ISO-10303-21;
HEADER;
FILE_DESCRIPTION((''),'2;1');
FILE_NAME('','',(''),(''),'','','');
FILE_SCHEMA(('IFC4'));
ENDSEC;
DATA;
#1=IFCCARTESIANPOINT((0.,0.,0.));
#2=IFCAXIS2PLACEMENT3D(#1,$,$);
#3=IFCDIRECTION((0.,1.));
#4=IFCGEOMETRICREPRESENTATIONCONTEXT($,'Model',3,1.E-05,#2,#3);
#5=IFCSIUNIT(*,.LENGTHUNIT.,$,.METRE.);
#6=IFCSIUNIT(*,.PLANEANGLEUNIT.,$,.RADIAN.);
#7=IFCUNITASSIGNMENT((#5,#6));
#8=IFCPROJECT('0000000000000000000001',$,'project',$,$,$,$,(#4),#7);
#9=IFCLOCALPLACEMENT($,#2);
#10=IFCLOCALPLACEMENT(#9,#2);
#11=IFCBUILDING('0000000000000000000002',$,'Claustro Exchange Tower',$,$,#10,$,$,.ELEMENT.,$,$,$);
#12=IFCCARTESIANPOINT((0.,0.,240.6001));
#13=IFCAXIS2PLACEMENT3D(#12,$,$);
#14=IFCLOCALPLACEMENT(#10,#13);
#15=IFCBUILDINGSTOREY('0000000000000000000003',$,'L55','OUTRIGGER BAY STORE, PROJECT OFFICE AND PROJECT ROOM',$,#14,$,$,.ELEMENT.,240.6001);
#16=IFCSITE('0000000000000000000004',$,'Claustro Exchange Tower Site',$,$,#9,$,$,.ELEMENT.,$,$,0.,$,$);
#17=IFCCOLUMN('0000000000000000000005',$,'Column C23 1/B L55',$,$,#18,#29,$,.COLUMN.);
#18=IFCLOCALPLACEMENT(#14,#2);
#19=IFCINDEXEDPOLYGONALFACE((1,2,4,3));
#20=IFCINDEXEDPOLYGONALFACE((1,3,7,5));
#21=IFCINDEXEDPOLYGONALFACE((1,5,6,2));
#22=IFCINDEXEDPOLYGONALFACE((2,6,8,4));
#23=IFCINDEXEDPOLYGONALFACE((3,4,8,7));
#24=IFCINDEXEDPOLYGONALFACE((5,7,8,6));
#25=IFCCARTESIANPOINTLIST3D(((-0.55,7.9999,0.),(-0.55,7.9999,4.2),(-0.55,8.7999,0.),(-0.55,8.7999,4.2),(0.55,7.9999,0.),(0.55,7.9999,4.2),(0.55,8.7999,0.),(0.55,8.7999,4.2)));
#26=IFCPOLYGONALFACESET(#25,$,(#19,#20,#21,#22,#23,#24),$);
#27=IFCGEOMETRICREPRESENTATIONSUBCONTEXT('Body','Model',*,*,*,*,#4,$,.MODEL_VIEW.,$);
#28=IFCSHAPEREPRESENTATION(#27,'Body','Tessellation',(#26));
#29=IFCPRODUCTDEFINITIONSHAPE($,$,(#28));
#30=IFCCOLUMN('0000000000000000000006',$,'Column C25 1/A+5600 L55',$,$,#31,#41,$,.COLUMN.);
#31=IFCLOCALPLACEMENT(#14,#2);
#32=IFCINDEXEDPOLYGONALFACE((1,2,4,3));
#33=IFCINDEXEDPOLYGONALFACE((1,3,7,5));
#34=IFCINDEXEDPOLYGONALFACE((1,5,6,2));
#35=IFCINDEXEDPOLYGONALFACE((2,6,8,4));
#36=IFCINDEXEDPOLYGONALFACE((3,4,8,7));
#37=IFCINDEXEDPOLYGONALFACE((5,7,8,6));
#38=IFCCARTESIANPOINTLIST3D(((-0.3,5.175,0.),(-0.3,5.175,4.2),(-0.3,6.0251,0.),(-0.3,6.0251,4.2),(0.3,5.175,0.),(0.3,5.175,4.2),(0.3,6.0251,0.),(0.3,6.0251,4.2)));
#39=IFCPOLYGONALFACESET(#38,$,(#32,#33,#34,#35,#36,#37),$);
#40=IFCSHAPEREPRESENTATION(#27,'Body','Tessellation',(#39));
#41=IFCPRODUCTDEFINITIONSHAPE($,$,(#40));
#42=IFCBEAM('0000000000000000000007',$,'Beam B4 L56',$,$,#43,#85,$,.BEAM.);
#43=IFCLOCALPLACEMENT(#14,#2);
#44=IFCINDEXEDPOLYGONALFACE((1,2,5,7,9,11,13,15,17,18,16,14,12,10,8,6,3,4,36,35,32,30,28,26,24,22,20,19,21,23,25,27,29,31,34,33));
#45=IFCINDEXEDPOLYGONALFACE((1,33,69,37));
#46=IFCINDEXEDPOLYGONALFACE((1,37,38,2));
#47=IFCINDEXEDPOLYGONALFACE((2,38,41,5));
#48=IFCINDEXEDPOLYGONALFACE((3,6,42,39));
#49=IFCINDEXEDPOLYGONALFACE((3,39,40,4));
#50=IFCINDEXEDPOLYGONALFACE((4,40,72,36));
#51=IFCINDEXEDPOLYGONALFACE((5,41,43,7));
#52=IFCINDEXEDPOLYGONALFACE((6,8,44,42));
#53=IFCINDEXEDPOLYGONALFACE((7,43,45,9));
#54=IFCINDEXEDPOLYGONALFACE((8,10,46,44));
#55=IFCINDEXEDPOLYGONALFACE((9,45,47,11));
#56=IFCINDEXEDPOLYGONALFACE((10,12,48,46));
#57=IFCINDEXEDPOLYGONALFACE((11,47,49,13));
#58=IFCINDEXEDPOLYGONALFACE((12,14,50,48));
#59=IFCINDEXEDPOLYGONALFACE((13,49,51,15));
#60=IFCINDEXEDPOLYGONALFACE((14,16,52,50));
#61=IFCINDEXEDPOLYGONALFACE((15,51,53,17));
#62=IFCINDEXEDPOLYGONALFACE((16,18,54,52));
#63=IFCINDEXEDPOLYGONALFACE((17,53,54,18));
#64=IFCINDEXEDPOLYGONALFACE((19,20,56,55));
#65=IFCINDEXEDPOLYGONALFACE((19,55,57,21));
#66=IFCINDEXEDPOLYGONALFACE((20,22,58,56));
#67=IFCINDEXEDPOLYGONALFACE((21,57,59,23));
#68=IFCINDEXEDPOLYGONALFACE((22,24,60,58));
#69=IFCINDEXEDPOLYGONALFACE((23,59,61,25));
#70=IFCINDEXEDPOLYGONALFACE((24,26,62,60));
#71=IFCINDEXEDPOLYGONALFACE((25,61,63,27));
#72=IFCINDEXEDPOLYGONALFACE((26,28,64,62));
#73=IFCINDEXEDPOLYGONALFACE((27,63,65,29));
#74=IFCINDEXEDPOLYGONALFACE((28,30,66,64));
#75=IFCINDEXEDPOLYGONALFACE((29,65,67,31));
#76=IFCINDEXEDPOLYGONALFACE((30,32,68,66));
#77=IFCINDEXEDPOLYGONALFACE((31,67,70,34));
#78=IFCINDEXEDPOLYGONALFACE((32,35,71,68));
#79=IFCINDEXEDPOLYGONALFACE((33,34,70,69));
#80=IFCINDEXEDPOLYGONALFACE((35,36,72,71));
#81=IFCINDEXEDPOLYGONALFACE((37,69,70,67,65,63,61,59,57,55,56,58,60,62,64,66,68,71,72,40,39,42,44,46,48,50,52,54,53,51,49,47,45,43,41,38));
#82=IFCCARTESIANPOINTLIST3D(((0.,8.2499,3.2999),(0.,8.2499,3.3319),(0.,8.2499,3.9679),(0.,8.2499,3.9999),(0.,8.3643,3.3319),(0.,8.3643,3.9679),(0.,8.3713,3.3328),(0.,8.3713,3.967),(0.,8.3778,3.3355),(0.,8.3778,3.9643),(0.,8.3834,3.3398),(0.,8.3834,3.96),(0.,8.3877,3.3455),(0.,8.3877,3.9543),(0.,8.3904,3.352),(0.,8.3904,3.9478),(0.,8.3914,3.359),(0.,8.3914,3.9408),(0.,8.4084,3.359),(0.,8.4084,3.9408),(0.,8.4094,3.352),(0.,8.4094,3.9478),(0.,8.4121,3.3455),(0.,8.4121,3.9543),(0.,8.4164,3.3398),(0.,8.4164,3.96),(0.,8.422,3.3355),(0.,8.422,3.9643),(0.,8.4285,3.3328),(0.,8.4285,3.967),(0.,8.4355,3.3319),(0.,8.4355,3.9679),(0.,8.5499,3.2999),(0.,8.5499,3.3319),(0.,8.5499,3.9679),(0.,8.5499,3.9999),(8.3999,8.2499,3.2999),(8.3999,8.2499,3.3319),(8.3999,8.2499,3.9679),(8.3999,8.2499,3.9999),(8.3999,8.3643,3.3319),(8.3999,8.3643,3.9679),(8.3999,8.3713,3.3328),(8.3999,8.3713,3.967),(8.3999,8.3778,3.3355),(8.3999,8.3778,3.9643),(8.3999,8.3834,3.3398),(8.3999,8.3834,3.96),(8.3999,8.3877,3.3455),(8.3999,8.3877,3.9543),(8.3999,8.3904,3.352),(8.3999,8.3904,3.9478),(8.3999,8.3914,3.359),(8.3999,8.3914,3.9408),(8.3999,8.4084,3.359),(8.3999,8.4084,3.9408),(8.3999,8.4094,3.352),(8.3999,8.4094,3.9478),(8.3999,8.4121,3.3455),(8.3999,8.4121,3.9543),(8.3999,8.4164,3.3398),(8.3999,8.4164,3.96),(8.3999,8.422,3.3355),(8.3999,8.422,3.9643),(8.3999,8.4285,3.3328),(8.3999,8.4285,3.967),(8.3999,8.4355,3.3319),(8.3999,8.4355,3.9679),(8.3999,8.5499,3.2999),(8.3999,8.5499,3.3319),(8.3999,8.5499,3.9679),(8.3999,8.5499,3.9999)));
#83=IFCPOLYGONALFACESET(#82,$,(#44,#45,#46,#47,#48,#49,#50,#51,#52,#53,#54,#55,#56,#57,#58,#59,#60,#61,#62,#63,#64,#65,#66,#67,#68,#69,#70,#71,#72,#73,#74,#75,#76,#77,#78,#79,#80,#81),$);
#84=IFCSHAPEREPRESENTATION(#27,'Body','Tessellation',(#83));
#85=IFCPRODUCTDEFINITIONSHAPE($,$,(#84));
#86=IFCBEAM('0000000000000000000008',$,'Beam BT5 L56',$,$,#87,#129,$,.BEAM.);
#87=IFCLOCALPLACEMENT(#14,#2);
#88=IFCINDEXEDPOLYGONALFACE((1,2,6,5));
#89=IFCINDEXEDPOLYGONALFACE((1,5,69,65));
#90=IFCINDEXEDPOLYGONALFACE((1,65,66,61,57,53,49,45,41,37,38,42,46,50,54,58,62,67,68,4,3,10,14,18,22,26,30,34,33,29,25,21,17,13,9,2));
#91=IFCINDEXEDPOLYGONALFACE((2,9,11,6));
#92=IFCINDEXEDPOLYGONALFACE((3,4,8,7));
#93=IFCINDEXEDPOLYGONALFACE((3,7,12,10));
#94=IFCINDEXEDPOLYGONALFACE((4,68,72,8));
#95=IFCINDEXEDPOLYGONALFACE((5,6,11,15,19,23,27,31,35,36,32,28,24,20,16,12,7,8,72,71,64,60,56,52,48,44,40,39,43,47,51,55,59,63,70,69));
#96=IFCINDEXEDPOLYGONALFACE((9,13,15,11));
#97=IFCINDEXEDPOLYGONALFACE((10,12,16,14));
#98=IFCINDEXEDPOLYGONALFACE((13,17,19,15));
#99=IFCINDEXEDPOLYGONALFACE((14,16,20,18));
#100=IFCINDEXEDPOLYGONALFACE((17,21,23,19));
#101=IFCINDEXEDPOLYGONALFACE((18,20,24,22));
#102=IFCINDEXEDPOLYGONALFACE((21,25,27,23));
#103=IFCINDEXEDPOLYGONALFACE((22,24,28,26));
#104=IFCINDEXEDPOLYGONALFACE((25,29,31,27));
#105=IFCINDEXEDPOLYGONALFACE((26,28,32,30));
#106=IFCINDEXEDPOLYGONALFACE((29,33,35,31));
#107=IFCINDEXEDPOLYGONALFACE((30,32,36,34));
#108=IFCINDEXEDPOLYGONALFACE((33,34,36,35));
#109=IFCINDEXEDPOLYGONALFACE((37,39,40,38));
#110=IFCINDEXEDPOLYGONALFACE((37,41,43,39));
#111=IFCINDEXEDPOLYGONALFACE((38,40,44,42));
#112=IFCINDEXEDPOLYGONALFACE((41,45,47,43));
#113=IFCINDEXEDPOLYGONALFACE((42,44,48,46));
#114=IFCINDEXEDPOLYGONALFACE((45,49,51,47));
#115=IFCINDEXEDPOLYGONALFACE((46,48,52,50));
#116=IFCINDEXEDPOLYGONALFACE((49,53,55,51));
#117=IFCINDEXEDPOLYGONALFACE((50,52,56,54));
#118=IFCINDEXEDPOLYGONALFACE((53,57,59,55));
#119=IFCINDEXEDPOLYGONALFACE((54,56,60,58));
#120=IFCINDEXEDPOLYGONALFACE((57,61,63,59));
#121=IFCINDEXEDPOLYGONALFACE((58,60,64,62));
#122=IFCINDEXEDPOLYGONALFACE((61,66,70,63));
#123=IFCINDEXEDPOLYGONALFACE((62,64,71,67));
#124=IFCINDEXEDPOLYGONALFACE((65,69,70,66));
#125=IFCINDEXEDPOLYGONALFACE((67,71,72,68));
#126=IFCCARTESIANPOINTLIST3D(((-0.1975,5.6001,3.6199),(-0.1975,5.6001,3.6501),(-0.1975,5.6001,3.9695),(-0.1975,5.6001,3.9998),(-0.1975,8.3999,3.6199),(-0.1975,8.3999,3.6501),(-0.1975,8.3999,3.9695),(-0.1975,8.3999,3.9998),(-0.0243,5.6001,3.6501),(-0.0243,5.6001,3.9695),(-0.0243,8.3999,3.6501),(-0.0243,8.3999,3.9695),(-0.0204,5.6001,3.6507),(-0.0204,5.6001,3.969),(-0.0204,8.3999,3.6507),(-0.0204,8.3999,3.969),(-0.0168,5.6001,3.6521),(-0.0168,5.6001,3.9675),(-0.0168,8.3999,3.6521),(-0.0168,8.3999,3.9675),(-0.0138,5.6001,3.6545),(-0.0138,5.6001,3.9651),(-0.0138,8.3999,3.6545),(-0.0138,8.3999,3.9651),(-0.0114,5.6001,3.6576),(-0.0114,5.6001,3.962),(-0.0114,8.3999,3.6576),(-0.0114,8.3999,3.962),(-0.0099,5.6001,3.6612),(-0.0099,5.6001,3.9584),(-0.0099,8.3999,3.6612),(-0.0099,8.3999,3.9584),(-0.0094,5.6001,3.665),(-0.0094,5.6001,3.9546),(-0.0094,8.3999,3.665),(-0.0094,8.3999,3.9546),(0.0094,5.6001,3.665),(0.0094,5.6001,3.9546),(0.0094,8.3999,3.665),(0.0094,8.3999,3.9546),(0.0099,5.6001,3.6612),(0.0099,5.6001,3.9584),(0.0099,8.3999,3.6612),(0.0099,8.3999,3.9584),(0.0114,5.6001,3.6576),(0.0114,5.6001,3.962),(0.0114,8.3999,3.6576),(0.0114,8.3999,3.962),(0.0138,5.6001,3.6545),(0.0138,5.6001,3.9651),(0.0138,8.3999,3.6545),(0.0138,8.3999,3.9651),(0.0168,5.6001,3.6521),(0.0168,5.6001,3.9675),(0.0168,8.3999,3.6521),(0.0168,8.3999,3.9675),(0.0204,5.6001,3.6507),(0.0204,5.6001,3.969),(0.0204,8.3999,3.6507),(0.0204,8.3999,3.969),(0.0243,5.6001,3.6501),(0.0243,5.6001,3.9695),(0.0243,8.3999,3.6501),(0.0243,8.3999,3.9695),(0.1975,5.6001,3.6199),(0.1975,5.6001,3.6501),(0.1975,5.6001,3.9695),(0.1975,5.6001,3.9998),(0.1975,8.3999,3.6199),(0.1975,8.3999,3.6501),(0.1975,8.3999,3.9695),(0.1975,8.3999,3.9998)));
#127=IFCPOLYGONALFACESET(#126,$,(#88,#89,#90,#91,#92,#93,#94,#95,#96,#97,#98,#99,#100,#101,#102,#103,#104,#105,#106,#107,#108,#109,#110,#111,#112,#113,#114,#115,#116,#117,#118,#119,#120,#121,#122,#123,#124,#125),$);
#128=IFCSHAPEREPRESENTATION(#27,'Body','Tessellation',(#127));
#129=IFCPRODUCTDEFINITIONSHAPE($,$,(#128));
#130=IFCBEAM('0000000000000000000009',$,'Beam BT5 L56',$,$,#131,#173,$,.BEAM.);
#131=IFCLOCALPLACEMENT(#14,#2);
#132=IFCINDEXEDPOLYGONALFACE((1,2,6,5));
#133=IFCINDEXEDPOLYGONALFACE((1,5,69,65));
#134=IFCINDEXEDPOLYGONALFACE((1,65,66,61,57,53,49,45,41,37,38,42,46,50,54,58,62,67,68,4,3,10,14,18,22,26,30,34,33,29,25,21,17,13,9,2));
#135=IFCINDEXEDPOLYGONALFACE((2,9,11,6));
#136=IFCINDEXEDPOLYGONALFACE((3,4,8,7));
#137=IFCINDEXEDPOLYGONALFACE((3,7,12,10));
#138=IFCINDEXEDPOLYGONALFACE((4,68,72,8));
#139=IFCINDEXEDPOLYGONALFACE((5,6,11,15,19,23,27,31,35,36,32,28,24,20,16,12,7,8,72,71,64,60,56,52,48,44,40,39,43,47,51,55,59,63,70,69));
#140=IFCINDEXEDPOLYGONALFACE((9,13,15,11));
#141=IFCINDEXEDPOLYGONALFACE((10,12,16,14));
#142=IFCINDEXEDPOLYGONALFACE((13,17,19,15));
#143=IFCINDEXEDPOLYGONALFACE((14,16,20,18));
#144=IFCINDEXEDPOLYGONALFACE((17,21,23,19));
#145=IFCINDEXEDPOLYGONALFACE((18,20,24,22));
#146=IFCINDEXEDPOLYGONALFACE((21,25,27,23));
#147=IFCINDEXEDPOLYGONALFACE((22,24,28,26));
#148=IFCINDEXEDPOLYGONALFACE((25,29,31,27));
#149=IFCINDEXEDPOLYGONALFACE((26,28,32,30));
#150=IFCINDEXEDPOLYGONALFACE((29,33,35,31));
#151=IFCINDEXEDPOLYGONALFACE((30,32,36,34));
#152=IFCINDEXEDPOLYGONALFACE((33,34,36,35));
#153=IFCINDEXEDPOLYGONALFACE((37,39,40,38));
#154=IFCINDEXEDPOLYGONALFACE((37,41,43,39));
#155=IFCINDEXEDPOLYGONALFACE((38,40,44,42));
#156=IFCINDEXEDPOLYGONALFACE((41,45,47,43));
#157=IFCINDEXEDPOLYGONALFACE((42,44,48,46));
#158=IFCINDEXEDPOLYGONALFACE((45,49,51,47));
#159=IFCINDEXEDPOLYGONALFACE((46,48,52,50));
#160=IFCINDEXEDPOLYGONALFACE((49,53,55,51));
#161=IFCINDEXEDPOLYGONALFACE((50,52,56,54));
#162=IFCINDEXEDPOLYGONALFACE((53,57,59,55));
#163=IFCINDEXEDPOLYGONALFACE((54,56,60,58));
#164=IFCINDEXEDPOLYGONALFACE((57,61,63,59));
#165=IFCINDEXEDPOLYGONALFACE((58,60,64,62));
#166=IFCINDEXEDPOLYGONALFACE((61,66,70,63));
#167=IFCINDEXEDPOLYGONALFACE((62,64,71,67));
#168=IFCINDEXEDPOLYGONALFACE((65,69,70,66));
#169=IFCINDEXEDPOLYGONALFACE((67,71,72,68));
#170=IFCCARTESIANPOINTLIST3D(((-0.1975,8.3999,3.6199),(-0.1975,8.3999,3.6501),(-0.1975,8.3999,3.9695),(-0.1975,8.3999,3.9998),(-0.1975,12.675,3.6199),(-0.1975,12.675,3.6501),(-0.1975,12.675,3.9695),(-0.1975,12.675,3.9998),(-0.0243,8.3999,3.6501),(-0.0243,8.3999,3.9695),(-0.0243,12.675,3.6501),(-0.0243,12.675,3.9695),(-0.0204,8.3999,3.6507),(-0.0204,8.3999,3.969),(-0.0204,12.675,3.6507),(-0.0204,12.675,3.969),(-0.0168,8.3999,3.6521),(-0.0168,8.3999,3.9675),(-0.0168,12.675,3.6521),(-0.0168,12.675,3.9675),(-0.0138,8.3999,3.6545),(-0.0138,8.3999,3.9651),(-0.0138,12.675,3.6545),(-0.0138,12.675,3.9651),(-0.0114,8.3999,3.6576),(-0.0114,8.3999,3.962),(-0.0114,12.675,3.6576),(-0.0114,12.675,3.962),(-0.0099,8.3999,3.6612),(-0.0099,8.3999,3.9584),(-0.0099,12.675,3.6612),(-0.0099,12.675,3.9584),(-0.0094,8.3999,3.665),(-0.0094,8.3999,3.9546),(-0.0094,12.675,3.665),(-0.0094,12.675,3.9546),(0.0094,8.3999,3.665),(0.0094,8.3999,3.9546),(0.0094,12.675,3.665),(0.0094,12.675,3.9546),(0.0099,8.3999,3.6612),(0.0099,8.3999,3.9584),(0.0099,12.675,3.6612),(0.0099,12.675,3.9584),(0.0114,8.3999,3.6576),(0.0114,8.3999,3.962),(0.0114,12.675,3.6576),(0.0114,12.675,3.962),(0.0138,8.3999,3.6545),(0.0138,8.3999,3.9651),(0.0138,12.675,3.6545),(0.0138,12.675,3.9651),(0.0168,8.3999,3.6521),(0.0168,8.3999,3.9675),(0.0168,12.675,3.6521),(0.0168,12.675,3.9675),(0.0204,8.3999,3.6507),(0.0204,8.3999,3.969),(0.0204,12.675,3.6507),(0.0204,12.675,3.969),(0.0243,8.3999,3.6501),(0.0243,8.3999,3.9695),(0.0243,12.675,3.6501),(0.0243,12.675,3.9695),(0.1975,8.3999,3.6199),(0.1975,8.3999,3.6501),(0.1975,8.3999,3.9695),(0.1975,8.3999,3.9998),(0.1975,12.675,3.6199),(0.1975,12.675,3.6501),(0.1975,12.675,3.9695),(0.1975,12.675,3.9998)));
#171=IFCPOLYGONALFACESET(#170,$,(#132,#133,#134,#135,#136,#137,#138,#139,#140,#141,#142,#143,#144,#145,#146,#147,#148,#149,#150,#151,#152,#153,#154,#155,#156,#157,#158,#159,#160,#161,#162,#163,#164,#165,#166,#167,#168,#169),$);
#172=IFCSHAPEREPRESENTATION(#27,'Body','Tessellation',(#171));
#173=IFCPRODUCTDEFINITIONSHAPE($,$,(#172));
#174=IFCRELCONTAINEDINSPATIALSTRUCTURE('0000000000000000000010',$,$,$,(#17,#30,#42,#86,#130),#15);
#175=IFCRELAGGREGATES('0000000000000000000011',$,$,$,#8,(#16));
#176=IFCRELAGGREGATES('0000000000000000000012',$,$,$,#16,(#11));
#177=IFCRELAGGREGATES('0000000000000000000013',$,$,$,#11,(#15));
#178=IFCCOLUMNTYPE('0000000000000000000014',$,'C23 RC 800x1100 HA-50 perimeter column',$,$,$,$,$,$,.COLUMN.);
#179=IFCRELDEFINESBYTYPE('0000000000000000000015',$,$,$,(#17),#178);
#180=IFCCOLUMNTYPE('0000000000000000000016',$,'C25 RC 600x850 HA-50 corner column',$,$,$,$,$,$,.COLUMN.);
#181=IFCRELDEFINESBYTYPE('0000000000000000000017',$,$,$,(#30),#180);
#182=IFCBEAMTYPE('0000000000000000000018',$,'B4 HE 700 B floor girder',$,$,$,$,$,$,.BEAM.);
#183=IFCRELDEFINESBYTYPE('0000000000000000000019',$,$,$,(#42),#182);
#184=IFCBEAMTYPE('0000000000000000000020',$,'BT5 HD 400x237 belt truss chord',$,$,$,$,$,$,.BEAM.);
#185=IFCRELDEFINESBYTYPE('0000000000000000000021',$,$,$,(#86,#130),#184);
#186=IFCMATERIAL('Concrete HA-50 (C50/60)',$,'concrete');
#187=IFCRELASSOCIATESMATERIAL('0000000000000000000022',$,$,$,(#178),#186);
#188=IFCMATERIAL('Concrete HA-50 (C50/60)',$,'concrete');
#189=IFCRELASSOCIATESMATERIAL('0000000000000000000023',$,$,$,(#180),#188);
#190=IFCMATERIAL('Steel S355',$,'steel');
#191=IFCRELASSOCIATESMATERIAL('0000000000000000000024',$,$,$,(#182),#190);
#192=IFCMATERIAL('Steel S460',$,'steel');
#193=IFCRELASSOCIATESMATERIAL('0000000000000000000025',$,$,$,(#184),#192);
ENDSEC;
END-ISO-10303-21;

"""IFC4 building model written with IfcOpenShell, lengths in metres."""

from ifc_helpers import new_model, si_unit, direction, frame, origin, origin_2d, place, context, subcontext, project, spatial, rectangle, i_section, extrude, material, material_profile, profile_set, type_object, element, save


model = new_model("IFC4")

# Units and contexts
model_context = context("Model", 3, precision=1e-05, world=origin(), true_north=direction((0.0, 1.0)))
body_context = subcontext(model_context, "Body", "Model", "MODEL_VIEW")
ifc_project = project(units=[si_unit("LENGTHUNIT", "METRE"), si_unit("PLANEANGLEUNIT", "RADIAN")], contexts=[model_context])

# Site, building, storey
site_placement = place(None, origin())
site = spatial("IfcSite", under=ifc_project, at=site_placement, Name="Claustro Exchange Tower Site", CompositionType="ELEMENT", RefElevation=0.0)
building_placement = place(site_placement, origin())
building = spatial("IfcBuilding", under=site, at=building_placement, Name="Claustro Exchange Tower", CompositionType="ELEMENT")
storey_placement = place(building_placement, frame((0.0, 0.0, 240.6001)))
storey = spatial("IfcBuildingStorey", under=building, at=storey_placement, Name="L55", Description="OUTRIGGER BAY STORE, PROJECT OFFICE AND PROJECT ROOM", CompositionType="ELEMENT", Elevation=240.6001)

# Columns
ifc_material_1 = material(Name="Concrete HA-50 (C50/60)", Category="concrete")
ifc_material_profile_1 = material_profile(ifc_material_1, rectangle(XDim=0.8, YDim=1.1001, at=origin_2d()), Name="RC 800x1100")
ifc_profile_set_1 = profile_set([ifc_material_profile_1], Name="Concrete HA-50 (C50/60)")
column_type_1 = type_object("IfcColumnType", Name="C23 RC 800x1100 HA-50 perimeter column", PredefinedType="COLUMN", material=ifc_profile_set_1)
column_1_placement = place(storey_placement, frame((0.0, 8.3999, 0.0), z_axis=(0.0, 0.0, 1.0), x_axis=(0.0, 1.0, 0.0)))
element("IfcColumn", 1, at=column_1_placement, inside=storey, type_object=column_type_1, Name="Column C23 1/B L55", PredefinedType="COLUMN", context=body_context, shape_type="SweptSolid", body=[
    extrude(rectangle(XDim=0.8, YDim=1.1001, at=origin_2d()), origin(), (0.0, 0.0, 1.0), 4.2),
])
ifc_material_2 = material(Name="Concrete HA-50 (C50/60)", Category="concrete")
ifc_material_profile_2 = material_profile(ifc_material_2, rectangle(XDim=0.6001, YDim=0.8501, at=origin_2d()), Name="RC 600x850")
ifc_profile_set_2 = profile_set([ifc_material_profile_2], Name="Concrete HA-50 (C50/60)")
column_type_2 = type_object("IfcColumnType", Name="C25 RC 600x850 HA-50 corner column", PredefinedType="COLUMN", material=ifc_profile_set_2)
column_2_placement = place(storey_placement, frame((0.0, 5.6001, 0.0), z_axis=(0.0, 0.0, 1.0), x_axis=(1.0, 0.0, 0.0)))
element("IfcColumn", 2, at=column_2_placement, inside=storey, type_object=column_type_2, Name="Column C25 1/A+5600 L55", PredefinedType="COLUMN", context=body_context, shape_type="SweptSolid", body=[
    extrude(rectangle(XDim=0.6001, YDim=0.8501, at=origin_2d()), origin(), (0.0, 0.0, 1.0), 4.2),
])

# Beams
ifc_material_3 = material(Name="Steel S355", Category="steel")
ifc_material_profile_3 = material_profile(ifc_material_3, i_section(OverallWidth=0.3, OverallDepth=0.7, WebThickness=0.0171, FlangeThickness=0.032, FilletRadius=0.0271, at=origin_2d()), Name="HE 700 B")
ifc_profile_set_3 = profile_set([ifc_material_profile_3], Name="Steel S355")
beam_type_1 = type_object("IfcBeamType", Name="B4 HE 700 B floor girder", PredefinedType="BEAM", material=ifc_profile_set_3)
beam_1_placement = place(storey_placement, frame((0.0, 8.3999, 3.6499), z_axis=(1.0, 0.0, 0.0), x_axis=(0.0, 1.0, 0.0)))
element("IfcBeam", 3, at=beam_1_placement, inside=storey, type_object=beam_type_1, Name="Beam B4 L56", PredefinedType="BEAM", context=body_context, shape_type="SweptSolid", body=[
    extrude(i_section(OverallWidth=0.3, OverallDepth=0.7, WebThickness=0.0171, FlangeThickness=0.032, FilletRadius=0.0271, at=origin_2d()), origin(), (0.0, 0.0, 1.0), 8.3999),
])
ifc_material_4 = material(Name="Steel S460", Category="steel")
ifc_material_profile_4 = material_profile(ifc_material_4, i_section(OverallWidth=0.395, OverallDepth=0.3799, WebThickness=0.0188, FlangeThickness=0.0303, FilletRadius=0.0149, at=origin_2d()), Name="HD 400x237")
ifc_profile_set_4 = profile_set([ifc_material_profile_4], Name="Steel S460")
beam_type_2 = type_object("IfcBeamType", Name="BT5 HD 400x237 belt truss chord", PredefinedType="BEAM", material=ifc_profile_set_4)
beam_2_placement = place(storey_placement, frame((0.0, 5.6001, 3.8098), z_axis=(0.0, 1.0, 0.0), x_axis=(-1.0, 0.0, 0.0)))
element("IfcBeam", 4, at=beam_2_placement, inside=storey, type_object=beam_type_2, Name="Beam BT5 L56", PredefinedType="BEAM", context=body_context, shape_type="SweptSolid", body=[
    extrude(i_section(OverallWidth=0.395, OverallDepth=0.3799, WebThickness=0.0188, FlangeThickness=0.0303, FilletRadius=0.0149, at=origin_2d()), origin(), (0.0, 0.0, 1.0), 2.7998),
])
beam_3_placement = place(storey_placement, frame((0.0, 8.3999, 3.8098), z_axis=(0.0, 1.0, 0.0), x_axis=(-1.0, 0.0, 0.0)))
element("IfcBeam", 5, at=beam_3_placement, inside=storey, type_object=beam_type_2, Name="Beam BT5 L56", PredefinedType="BEAM", context=body_context, shape_type="SweptSolid", body=[
    extrude(i_section(OverallWidth=0.395, OverallDepth=0.3799, WebThickness=0.0188, FlangeThickness=0.0303, FilletRadius=0.0149, at=origin_2d()), origin(), (0.0, 0.0, 1.0), 4.2751),
])

save(model, "model.ifc")
